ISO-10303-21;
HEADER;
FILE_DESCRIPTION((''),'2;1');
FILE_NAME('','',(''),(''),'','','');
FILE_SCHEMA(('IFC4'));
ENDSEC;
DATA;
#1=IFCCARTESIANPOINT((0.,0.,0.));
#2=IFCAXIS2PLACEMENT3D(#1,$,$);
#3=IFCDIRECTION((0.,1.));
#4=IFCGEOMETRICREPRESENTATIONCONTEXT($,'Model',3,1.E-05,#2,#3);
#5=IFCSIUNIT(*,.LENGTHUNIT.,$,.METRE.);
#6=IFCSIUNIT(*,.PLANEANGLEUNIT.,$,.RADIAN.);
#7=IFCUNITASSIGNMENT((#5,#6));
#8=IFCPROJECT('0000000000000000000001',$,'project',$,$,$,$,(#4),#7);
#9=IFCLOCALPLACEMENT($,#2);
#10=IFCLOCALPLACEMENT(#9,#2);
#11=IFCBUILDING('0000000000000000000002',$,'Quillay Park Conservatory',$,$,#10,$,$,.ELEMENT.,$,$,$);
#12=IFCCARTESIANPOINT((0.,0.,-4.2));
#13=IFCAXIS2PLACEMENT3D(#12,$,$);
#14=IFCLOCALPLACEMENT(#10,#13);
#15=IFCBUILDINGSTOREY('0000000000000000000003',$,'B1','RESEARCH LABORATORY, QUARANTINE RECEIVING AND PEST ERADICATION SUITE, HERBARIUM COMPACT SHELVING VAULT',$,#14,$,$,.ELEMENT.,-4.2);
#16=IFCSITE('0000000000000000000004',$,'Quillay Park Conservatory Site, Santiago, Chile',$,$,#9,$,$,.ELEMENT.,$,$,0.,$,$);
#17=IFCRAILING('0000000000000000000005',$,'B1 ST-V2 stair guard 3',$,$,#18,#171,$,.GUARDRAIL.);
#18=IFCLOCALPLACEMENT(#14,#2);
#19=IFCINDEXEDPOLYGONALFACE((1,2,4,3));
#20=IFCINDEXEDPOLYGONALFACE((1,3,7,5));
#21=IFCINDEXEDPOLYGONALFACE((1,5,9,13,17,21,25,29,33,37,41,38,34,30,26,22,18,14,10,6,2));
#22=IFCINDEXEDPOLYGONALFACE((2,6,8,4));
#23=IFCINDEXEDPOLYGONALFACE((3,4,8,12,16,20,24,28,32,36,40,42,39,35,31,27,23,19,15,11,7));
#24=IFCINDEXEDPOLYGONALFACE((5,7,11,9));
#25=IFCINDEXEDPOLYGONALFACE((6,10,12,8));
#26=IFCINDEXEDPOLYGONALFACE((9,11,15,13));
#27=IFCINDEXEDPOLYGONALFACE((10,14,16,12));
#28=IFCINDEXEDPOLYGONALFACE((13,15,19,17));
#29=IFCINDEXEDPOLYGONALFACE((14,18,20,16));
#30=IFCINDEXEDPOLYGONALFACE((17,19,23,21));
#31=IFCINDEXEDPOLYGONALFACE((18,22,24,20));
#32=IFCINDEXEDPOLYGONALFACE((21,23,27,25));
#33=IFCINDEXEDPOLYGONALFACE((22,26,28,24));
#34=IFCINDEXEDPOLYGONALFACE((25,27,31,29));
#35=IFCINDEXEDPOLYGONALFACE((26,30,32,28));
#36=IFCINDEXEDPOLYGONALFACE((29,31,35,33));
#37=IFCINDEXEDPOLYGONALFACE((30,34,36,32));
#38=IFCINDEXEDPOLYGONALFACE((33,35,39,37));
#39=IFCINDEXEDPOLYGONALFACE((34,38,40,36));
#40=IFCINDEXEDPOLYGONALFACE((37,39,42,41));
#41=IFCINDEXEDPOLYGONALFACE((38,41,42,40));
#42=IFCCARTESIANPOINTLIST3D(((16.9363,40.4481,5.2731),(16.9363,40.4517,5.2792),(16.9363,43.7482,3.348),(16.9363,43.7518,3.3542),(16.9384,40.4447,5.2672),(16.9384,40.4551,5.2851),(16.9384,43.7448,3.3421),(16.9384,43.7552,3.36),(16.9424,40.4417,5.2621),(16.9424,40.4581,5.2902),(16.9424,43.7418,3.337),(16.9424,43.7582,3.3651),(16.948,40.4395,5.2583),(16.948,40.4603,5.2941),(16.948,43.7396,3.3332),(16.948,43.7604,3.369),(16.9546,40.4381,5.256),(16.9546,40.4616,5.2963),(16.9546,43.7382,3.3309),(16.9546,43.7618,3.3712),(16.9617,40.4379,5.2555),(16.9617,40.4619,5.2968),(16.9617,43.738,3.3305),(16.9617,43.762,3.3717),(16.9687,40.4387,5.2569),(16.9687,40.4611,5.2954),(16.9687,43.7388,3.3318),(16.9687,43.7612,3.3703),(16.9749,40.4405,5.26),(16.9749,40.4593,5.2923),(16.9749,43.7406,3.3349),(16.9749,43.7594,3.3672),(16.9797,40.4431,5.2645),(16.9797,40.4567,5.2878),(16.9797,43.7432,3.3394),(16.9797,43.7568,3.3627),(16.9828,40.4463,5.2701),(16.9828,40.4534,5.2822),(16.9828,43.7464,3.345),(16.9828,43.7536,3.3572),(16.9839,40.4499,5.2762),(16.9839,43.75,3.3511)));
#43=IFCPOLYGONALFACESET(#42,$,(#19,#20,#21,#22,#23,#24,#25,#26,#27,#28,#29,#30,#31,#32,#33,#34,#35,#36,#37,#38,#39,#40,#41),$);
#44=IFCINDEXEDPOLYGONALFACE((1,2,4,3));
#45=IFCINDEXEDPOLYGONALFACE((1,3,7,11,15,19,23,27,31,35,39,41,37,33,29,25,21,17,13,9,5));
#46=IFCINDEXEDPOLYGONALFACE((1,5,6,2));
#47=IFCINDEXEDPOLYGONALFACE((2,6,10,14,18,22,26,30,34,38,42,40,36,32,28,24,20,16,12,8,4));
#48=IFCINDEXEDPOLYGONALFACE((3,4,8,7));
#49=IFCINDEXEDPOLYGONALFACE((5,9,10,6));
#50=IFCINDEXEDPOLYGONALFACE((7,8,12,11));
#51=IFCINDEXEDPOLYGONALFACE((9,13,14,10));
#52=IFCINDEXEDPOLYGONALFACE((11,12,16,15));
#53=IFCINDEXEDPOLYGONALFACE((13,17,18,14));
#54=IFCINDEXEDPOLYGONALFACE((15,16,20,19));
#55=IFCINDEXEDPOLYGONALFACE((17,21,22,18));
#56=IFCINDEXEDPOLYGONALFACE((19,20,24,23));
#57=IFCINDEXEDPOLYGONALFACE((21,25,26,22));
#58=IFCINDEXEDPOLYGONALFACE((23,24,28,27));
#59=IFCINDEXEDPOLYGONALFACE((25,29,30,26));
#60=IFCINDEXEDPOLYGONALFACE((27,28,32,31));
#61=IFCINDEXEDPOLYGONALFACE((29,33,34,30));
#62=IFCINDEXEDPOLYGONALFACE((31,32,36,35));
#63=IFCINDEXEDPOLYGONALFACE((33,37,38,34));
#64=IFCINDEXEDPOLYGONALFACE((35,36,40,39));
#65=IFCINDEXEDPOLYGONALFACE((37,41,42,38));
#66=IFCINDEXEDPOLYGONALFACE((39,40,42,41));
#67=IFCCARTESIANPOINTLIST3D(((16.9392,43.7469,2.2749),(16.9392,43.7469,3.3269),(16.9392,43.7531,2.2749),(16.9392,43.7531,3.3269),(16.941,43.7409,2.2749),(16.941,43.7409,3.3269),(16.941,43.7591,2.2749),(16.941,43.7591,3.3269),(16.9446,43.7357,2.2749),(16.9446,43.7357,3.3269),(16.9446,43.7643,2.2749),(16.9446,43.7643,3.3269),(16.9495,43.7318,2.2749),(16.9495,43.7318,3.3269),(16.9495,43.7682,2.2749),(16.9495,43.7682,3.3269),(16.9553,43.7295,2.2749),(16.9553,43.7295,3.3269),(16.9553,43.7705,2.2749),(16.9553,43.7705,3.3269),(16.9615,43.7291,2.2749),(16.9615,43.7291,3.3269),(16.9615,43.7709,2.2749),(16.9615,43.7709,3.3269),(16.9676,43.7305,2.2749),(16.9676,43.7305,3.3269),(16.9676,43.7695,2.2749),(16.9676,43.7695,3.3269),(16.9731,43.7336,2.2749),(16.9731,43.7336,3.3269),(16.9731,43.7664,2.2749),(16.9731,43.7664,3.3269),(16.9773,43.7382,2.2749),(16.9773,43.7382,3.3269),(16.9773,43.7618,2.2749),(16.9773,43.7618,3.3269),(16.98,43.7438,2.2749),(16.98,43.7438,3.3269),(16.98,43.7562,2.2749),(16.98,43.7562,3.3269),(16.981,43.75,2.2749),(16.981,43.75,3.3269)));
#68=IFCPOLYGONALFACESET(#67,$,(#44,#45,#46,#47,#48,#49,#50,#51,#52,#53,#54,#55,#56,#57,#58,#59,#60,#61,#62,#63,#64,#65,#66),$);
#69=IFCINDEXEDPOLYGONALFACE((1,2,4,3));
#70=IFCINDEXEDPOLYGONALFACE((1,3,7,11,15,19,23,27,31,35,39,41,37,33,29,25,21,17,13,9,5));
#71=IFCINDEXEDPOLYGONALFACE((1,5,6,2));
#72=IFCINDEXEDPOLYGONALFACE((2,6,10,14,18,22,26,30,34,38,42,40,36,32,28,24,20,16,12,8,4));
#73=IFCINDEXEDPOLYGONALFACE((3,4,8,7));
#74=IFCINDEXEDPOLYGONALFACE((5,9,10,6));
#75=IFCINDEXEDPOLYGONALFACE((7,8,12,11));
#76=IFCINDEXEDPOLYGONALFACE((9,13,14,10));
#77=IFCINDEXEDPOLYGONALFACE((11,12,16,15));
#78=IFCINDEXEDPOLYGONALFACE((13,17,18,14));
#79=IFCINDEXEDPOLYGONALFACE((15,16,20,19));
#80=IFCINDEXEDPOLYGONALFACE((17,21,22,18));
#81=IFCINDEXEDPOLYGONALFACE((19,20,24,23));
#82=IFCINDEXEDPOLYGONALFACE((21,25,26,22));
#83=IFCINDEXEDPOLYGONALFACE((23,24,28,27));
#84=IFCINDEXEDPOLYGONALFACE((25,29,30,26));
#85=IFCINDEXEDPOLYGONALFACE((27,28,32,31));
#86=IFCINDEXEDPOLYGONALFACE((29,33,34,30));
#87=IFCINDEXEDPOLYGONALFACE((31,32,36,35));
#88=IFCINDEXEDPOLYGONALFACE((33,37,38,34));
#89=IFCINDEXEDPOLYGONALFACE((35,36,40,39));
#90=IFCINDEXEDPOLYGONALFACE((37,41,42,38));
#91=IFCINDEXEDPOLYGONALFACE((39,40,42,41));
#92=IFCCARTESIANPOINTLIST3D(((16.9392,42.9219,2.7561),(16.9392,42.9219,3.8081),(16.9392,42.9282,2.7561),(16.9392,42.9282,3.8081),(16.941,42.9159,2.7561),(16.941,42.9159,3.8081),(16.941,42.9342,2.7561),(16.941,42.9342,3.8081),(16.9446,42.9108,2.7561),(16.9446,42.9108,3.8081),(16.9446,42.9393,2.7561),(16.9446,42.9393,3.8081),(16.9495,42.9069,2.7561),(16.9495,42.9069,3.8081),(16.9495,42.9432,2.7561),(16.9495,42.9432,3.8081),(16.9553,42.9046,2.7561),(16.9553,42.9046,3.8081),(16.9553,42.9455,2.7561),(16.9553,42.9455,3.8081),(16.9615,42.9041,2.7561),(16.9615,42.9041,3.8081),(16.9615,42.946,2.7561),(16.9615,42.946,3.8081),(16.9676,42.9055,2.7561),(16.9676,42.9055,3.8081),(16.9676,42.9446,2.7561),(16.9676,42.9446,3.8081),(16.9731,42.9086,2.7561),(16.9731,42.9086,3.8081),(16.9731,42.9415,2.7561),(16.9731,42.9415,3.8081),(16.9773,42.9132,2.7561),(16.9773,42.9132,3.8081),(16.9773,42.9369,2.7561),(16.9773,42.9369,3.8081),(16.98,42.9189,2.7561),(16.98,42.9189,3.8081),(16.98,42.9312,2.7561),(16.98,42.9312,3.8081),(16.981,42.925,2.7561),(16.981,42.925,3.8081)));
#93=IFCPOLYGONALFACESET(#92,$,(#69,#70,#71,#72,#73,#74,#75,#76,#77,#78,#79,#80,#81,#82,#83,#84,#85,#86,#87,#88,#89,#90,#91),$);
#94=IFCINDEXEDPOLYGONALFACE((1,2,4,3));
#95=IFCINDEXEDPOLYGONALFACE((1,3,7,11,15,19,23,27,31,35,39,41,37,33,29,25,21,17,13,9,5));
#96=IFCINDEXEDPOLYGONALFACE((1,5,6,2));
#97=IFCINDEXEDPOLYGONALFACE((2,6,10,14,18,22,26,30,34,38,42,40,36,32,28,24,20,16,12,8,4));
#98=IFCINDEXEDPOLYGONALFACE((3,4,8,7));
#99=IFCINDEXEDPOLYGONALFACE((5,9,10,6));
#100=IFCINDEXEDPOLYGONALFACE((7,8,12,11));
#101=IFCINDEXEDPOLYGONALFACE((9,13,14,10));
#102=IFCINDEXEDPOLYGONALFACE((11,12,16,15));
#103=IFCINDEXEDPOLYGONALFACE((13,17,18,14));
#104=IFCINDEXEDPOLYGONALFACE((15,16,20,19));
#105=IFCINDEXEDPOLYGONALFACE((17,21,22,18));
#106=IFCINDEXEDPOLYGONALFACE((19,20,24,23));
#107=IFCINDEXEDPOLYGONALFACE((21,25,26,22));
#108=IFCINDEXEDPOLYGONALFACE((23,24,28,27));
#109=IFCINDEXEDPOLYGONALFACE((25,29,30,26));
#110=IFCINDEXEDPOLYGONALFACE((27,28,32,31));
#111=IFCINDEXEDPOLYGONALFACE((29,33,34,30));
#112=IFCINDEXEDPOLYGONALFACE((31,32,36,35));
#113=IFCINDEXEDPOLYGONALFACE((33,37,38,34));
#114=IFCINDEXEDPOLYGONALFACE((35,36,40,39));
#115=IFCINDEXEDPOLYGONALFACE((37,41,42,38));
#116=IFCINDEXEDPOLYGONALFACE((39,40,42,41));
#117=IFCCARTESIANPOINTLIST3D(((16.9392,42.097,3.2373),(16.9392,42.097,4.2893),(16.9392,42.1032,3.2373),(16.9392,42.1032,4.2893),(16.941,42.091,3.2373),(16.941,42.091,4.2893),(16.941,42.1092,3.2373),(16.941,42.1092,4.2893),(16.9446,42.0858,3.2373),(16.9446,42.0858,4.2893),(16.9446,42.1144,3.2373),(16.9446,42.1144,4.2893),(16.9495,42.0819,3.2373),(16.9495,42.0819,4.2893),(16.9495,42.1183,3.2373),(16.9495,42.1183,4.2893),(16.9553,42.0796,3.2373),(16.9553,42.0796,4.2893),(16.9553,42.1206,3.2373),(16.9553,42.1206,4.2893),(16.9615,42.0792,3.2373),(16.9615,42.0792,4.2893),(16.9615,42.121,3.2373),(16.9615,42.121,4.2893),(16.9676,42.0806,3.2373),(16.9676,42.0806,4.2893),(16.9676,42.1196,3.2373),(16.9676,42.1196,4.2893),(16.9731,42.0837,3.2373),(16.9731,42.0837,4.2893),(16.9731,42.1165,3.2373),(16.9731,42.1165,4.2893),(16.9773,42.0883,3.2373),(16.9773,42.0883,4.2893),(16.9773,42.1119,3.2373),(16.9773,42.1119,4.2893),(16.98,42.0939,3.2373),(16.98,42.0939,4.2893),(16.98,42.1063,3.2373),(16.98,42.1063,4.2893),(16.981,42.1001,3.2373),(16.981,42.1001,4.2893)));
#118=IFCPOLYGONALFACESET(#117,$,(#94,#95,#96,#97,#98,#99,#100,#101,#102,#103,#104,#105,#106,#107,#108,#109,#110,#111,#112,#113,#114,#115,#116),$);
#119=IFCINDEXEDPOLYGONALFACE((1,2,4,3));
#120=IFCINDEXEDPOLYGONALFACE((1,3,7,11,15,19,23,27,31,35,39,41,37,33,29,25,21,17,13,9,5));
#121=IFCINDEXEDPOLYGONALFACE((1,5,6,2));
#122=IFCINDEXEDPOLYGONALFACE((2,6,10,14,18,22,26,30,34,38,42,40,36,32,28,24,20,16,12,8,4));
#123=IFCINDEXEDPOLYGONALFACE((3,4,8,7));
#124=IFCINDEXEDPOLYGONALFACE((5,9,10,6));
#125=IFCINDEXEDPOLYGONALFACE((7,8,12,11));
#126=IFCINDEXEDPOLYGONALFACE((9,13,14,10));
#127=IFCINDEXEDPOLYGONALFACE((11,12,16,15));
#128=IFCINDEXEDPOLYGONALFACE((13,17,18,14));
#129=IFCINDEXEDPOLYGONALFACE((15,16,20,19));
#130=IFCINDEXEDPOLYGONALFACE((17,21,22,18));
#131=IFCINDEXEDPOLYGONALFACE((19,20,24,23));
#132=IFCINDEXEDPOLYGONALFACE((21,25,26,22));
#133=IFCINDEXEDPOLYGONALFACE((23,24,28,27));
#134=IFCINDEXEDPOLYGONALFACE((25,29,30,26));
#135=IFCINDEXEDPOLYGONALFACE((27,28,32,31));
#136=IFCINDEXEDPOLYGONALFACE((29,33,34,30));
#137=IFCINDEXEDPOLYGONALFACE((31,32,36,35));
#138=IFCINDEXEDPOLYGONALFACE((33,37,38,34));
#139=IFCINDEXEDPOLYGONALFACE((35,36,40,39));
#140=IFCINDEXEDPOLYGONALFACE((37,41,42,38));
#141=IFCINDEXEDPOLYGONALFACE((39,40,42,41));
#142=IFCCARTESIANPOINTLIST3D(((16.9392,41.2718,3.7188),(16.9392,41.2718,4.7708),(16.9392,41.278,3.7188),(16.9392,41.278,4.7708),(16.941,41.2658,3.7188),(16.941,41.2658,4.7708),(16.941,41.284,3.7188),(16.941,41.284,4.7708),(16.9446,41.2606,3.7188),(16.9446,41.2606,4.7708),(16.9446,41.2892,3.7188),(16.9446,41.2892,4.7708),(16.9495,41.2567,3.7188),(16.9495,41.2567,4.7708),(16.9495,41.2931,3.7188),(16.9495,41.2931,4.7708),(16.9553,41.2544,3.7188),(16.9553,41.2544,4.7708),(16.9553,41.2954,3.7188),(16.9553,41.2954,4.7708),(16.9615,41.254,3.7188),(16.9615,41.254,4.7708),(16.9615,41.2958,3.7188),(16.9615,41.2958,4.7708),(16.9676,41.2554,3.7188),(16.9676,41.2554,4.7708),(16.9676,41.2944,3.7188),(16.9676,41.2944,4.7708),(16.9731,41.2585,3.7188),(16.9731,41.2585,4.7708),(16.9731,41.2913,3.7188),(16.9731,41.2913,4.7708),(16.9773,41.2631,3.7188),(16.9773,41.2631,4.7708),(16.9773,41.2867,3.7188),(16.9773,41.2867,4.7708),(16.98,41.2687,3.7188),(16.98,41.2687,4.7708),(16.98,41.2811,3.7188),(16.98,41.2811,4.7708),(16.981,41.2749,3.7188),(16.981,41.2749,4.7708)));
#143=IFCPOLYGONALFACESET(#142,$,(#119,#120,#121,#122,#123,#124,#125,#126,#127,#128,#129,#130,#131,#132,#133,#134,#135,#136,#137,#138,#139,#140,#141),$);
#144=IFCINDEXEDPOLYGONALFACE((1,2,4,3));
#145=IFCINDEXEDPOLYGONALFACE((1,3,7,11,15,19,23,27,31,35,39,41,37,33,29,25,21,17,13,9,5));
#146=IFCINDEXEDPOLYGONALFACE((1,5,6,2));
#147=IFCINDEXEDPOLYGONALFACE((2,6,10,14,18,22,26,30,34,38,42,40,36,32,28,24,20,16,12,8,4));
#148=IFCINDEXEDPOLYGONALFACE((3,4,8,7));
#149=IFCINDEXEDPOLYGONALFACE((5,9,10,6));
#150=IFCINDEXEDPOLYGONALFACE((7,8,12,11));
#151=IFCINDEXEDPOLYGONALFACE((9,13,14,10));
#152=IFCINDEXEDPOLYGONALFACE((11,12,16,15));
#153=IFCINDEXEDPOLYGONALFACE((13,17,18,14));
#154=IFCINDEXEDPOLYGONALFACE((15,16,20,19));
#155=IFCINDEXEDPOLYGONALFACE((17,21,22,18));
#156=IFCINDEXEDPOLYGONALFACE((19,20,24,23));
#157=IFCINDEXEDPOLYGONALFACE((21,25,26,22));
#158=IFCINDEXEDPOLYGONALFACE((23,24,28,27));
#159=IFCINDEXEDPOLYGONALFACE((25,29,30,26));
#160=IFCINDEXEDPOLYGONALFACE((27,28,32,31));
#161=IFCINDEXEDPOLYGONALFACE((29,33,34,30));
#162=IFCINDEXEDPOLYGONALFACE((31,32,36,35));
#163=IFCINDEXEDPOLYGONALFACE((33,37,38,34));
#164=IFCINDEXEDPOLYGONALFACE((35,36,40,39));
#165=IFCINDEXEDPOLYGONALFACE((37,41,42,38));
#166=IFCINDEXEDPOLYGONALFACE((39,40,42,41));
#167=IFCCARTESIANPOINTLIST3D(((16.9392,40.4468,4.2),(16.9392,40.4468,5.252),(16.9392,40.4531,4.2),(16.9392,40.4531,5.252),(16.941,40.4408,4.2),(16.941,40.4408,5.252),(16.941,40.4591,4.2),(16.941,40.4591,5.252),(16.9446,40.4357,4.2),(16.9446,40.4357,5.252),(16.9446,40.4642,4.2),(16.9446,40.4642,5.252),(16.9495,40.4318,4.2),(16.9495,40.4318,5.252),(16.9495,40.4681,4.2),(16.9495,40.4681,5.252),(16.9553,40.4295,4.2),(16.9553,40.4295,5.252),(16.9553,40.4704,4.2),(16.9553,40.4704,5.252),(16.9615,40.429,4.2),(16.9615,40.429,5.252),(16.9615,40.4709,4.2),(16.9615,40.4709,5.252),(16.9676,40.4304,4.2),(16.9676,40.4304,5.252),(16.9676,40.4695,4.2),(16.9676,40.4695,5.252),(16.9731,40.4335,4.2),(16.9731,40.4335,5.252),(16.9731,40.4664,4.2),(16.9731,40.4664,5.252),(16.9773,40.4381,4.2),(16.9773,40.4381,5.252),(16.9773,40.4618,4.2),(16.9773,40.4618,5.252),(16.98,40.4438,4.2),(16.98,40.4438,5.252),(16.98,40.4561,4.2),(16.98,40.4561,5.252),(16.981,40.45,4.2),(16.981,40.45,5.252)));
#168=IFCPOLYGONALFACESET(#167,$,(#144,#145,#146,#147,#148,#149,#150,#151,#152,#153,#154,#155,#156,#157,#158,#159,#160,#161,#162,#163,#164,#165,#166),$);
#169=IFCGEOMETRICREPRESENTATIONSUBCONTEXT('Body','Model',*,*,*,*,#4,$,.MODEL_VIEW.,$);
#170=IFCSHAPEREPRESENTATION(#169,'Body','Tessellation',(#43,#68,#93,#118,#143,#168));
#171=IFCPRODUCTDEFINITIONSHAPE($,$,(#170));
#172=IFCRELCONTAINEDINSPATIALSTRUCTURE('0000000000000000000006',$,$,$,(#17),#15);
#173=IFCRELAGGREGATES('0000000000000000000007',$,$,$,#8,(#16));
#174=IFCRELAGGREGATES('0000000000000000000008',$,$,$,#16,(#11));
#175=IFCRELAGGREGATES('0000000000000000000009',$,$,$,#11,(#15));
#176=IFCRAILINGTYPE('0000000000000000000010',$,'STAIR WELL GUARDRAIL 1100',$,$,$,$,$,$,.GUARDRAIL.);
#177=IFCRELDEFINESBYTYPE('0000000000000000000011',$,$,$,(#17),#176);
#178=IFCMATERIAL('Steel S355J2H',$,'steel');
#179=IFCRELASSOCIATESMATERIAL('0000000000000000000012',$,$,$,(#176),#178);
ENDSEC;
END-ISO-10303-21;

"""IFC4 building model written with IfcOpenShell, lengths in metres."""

from ifc_helpers import new_model, si_unit, direction, frame, origin, origin_2d, place, context, subcontext, project, spatial, circle, extrude, material, type_object, element, save


model = new_model("IFC4")

# Units and contexts
model_context = context("Model", 3, precision=1e-05, world=origin(), true_north=direction((0.0, 1.0)))
body_context = subcontext(model_context, "Body", "Model", "MODEL_VIEW")
ifc_project = project(units=[si_unit("LENGTHUNIT", "METRE"), si_unit("PLANEANGLEUNIT", "RADIAN")], contexts=[model_context])

# Site, building, storey
site_placement = place(None, origin())
site = spatial("IfcSite", under=ifc_project, at=site_placement, Name="Quillay Park Conservatory Site, Santiago, Chile", CompositionType="ELEMENT", RefElevation=0.0)
building_placement = place(site_placement, origin())
building = spatial("IfcBuilding", under=site, at=building_placement, Name="Quillay Park Conservatory", CompositionType="ELEMENT")
storey_placement = place(building_placement, frame((0.0, 0.0, -4.2)))
storey = spatial("IfcBuildingStorey", under=building, at=storey_placement, Name="B1", Description="RESEARCH LABORATORY, QUARANTINE RECEIVING AND PEST ERADICATION SUITE, HERBARIUM COMPACT SHELVING VAULT", CompositionType="ELEMENT", Elevation=-4.2)

# Railing
ifc_material_1 = material(Name="Steel S355J2H", Category="steel")
railing_type_1 = type_object("IfcRailingType", Name="STAIR WELL GUARDRAIL 1100", PredefinedType="GUARDRAIL", material=ifc_material_1)
railing_1_placement = place(storey_placement, frame((16.96, 43.75, 2.2749)))
element("IfcRailing", 1, at=railing_1_placement, inside=storey, type_object=railing_type_1, Name="B1 ST-V2 stair guard 3", PredefinedType="GUARDRAIL", context=body_context, shape_type="SweptSolid", body=[
    extrude(circle(Radius=0.0239, at=origin_2d()), frame((0.0, 0.0, 1.0762), z_axis=(0.0, -0.863777, 0.503875), x_axis=(1.0, 0.0, 0.0)), (0.0, 0.0, 1.0), 3.8206),
    extrude(circle(Radius=0.021, at=origin_2d()), origin(), (0.0, 0.0, 1.0), 1.052),
    extrude(circle(Radius=0.021, at=origin_2d()), frame((0.0, -0.825, 0.4812)), (0.0, 0.0, 1.0), 1.052),
    extrude(circle(Radius=0.021, at=origin_2d()), frame((0.0, -1.6499, 0.9624)), (0.0, 0.0, 1.0), 1.052),
    extrude(circle(Radius=0.021, at=origin_2d()), frame((0.0, -2.4751, 1.4438)), (0.0, 0.0, 1.0), 1.052),
    extrude(circle(Radius=0.021, at=origin_2d()), frame((0.0, -3.3, 1.925)), (0.0, 0.0, 1.0), 1.052),
])

save(model, "model.ifc")
